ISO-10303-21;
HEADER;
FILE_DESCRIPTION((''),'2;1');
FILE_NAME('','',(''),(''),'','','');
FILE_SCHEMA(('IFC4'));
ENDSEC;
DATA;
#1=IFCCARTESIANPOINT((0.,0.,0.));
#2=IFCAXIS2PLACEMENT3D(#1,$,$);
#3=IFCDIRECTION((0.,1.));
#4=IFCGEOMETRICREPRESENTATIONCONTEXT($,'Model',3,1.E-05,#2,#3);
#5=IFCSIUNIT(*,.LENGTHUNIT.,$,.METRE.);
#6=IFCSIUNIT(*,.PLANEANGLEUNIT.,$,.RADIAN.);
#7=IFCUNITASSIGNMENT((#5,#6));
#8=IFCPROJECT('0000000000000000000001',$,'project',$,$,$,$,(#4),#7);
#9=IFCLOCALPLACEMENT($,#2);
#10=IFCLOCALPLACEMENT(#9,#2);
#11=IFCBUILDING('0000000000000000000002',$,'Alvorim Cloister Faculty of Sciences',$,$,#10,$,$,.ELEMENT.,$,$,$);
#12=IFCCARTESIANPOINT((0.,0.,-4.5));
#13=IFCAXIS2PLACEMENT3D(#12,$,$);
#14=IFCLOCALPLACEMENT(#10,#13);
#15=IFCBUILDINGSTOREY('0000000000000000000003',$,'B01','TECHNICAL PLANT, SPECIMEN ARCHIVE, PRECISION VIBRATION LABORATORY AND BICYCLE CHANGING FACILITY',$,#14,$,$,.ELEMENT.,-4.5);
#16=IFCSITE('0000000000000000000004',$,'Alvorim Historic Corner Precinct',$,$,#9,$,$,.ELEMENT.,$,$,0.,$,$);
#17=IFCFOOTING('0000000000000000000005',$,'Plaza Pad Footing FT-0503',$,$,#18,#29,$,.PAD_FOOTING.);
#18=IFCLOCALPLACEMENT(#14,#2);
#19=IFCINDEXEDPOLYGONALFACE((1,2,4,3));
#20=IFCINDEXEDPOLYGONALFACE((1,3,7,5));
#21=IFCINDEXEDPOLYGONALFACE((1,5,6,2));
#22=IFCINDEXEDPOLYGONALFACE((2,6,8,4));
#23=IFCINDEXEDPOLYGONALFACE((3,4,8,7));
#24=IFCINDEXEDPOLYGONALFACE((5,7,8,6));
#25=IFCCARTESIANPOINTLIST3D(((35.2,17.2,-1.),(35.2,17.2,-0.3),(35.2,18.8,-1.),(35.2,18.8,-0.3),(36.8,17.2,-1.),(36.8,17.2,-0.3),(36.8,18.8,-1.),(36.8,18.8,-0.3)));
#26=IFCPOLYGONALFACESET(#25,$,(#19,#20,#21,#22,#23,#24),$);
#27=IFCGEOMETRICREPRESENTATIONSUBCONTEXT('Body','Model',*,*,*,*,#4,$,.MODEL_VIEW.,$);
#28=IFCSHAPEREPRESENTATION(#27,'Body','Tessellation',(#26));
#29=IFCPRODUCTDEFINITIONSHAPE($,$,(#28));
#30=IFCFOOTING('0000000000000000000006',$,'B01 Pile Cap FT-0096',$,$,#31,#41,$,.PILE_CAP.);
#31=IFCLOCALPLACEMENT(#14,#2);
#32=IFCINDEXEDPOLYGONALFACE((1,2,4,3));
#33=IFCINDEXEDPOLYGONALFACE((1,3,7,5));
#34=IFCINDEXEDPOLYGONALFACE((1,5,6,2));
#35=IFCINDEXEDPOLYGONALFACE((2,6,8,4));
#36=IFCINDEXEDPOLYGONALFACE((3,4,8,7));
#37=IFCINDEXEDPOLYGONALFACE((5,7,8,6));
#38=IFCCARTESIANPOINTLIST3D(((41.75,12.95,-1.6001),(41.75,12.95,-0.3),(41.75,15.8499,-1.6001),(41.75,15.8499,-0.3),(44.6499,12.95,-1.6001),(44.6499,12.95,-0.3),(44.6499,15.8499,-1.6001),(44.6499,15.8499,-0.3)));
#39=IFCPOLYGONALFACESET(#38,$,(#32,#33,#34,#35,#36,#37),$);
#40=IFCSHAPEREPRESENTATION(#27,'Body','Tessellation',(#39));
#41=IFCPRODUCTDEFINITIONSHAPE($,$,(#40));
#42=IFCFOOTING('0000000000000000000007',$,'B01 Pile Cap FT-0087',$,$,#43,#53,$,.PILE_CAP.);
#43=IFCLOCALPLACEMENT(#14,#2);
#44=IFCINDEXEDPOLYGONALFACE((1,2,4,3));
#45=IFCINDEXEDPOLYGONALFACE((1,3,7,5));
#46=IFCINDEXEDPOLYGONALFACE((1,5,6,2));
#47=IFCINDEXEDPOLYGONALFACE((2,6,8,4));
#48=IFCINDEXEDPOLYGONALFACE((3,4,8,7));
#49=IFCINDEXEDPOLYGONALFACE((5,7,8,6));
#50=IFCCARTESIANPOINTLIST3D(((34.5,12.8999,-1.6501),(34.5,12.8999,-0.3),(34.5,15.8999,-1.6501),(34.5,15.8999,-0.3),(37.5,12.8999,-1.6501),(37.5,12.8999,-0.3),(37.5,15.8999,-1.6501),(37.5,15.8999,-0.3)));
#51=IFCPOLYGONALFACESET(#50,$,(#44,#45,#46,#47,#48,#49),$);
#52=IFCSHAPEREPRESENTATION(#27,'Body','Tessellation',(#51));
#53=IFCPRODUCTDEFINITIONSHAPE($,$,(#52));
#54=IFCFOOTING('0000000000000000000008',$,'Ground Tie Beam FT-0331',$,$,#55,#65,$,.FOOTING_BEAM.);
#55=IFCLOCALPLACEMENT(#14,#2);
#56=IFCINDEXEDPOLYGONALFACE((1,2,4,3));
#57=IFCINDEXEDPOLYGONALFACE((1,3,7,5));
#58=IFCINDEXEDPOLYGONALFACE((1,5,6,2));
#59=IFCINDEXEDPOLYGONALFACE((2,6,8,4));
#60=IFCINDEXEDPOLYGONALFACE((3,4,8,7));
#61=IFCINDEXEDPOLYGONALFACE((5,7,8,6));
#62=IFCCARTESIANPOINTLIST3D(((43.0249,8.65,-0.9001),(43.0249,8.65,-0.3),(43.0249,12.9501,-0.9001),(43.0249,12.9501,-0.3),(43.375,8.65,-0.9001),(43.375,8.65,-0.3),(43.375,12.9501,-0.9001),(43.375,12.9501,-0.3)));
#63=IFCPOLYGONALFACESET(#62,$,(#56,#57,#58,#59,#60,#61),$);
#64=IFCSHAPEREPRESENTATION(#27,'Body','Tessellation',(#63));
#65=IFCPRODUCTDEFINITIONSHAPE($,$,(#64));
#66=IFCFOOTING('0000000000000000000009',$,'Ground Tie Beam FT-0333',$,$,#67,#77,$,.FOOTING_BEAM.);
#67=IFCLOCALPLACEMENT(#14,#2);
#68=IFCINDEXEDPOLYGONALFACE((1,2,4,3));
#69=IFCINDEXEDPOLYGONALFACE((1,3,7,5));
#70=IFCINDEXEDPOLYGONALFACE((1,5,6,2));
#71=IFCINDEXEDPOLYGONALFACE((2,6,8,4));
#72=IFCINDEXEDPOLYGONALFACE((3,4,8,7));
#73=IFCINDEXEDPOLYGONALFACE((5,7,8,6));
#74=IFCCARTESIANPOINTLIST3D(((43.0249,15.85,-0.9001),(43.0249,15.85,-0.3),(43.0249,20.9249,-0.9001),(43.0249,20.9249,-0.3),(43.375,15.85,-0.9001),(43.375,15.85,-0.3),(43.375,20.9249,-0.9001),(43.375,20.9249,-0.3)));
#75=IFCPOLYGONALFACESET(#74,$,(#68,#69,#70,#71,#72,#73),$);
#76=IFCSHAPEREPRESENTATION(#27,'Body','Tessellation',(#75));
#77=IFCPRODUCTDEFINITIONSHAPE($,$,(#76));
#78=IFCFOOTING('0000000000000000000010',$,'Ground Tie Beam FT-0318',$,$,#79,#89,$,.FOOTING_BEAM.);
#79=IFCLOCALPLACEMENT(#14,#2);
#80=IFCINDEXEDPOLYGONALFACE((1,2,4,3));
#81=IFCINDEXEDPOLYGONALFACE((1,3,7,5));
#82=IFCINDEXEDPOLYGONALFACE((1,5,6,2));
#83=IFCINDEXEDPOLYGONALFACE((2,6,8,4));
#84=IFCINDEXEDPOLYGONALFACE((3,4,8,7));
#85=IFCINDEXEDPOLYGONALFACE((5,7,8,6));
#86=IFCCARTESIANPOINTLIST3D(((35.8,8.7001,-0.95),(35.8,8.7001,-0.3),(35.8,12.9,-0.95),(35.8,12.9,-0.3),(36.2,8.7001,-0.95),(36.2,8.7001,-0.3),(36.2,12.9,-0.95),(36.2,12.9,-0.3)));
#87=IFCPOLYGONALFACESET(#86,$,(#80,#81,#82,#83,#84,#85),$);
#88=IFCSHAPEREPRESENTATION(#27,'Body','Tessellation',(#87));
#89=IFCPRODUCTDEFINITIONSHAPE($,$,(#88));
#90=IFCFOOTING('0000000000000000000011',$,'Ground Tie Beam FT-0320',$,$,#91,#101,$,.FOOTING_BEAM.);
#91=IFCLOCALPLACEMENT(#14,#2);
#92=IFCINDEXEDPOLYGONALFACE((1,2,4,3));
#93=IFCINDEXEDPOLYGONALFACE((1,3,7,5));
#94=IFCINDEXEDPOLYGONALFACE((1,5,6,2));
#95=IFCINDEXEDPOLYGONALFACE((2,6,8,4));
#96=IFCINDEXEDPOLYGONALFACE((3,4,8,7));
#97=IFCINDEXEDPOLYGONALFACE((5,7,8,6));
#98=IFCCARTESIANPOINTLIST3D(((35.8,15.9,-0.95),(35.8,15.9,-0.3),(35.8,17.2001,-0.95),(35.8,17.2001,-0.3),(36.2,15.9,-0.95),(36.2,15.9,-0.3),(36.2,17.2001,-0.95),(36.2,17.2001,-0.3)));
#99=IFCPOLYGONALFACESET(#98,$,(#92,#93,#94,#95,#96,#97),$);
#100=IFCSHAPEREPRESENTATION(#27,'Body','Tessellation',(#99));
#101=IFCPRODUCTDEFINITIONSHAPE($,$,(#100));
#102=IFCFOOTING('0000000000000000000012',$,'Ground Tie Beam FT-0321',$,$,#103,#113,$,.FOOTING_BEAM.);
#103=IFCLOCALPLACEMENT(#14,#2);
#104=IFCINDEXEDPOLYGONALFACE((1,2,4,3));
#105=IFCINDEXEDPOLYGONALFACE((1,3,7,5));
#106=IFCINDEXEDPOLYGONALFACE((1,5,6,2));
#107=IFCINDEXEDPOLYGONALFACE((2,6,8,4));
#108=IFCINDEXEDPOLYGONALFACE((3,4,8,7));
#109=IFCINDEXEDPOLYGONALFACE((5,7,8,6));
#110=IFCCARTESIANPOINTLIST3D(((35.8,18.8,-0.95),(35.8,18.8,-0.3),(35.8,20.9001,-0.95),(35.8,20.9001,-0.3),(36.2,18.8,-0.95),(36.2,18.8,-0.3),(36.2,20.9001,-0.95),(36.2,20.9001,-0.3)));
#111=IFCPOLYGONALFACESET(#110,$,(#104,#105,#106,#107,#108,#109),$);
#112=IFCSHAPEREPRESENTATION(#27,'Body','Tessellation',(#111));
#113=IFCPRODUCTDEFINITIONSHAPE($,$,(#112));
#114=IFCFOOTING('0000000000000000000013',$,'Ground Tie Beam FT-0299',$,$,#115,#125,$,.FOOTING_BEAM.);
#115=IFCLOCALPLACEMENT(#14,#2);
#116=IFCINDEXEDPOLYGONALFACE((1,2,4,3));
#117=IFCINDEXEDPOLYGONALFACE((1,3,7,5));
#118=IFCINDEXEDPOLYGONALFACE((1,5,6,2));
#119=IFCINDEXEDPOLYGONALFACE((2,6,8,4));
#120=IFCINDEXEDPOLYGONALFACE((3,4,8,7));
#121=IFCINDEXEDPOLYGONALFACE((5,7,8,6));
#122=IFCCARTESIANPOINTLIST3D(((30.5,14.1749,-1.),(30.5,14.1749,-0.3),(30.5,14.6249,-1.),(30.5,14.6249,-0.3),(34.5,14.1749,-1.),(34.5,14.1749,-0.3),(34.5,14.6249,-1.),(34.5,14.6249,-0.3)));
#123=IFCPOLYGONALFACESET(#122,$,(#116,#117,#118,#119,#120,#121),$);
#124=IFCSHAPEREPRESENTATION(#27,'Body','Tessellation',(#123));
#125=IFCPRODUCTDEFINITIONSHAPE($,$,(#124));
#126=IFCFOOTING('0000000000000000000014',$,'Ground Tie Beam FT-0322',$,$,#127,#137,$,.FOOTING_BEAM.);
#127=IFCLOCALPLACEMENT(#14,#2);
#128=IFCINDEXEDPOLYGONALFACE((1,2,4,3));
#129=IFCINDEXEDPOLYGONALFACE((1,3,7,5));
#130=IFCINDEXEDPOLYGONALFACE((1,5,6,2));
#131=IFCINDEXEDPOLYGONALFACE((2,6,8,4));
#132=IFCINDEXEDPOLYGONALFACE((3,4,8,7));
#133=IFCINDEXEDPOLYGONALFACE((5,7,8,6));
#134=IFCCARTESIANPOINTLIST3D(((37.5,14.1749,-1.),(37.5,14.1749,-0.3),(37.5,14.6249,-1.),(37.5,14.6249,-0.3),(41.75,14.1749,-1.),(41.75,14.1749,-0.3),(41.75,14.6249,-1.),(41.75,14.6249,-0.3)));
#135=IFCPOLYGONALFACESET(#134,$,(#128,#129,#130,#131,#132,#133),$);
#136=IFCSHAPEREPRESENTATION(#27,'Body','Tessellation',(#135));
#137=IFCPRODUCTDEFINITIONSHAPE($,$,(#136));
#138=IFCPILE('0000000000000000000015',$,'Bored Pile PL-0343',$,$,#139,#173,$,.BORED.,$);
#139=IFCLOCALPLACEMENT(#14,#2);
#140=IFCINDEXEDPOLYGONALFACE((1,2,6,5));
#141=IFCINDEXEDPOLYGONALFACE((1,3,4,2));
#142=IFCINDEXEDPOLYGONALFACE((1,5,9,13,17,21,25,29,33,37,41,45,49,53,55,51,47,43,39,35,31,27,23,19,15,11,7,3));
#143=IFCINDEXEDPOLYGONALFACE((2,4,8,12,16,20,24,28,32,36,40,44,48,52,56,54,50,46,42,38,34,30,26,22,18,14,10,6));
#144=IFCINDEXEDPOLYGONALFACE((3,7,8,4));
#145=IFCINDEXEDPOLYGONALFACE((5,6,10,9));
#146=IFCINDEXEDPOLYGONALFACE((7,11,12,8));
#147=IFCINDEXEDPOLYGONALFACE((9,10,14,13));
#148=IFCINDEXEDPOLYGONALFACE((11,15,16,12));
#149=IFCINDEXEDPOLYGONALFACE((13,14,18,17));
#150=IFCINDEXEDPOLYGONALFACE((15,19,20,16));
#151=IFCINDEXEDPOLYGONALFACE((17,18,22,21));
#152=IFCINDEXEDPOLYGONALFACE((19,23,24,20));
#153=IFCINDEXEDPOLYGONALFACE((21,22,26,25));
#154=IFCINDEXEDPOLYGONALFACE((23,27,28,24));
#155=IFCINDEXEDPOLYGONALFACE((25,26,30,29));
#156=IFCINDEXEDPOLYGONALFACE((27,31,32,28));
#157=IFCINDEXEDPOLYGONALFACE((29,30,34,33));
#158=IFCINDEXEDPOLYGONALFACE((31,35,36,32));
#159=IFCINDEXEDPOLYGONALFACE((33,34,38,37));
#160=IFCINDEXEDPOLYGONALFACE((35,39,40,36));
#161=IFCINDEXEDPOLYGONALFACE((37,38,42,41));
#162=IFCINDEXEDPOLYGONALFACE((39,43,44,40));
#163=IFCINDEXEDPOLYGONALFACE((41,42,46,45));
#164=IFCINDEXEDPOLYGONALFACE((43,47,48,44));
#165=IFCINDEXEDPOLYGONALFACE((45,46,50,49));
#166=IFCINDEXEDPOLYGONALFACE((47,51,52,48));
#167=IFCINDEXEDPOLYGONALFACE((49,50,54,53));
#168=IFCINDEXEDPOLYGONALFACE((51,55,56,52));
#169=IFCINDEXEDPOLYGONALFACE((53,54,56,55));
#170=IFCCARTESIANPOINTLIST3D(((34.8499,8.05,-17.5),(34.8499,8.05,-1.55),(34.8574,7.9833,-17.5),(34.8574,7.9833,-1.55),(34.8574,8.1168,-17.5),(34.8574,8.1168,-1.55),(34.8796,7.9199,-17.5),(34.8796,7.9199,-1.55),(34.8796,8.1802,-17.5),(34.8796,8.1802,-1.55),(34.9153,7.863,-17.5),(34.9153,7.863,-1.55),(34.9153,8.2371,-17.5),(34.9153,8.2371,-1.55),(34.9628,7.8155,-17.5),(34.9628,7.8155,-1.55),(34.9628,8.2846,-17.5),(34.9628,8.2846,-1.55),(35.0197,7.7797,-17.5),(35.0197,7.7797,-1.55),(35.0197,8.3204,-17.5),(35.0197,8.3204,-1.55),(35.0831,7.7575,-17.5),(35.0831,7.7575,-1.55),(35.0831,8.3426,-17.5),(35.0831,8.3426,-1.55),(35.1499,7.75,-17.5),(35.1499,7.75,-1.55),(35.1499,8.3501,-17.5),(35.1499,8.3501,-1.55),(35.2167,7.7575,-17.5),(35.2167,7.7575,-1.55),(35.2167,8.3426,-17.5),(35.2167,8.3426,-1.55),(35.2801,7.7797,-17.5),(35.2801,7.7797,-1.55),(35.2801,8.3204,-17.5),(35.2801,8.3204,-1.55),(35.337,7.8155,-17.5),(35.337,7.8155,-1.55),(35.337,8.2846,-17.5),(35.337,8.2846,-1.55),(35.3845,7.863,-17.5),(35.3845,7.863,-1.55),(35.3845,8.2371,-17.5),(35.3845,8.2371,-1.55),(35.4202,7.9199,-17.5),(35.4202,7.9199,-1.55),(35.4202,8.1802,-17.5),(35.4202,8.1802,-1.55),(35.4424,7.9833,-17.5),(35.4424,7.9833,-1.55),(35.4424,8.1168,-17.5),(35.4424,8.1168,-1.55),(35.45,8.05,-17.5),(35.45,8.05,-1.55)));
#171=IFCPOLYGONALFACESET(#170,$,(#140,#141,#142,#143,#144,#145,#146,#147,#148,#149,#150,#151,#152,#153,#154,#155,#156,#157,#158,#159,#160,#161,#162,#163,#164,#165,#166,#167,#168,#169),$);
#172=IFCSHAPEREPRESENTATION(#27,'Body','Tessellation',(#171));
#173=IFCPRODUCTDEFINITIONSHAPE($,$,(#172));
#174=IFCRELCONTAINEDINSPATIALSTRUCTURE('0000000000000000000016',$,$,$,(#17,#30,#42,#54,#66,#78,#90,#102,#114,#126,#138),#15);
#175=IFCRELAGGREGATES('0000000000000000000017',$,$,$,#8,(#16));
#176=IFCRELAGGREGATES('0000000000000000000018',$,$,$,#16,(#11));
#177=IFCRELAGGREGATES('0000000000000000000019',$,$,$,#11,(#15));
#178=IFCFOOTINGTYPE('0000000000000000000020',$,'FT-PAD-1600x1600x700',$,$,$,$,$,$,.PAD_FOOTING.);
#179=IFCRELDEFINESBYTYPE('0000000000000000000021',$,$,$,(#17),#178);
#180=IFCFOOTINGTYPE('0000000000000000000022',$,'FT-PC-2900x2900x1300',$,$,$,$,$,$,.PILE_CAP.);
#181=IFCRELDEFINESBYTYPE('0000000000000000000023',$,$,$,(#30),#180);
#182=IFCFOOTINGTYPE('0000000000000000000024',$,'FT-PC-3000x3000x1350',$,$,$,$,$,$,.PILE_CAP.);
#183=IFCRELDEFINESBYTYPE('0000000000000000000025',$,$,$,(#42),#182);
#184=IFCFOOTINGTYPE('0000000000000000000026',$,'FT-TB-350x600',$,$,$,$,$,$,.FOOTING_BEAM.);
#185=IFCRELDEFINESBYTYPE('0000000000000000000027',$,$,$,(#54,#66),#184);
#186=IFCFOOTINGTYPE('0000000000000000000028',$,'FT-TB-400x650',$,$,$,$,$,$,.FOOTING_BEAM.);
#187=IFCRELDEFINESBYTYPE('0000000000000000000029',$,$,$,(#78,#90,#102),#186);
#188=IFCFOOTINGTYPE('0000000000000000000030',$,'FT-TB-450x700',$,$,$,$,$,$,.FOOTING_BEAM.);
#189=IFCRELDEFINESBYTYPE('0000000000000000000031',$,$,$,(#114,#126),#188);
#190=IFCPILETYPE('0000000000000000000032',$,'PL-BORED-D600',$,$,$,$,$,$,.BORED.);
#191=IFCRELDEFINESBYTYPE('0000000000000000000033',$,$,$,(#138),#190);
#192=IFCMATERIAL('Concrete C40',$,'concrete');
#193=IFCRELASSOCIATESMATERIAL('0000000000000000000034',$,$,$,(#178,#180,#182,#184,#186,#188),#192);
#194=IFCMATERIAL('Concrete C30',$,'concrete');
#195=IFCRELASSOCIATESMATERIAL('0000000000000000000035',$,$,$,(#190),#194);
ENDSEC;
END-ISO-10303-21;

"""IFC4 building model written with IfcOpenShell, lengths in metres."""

from ifc_helpers import new_model, si_unit, direction, frame, origin, origin_2d, place, context, subcontext, project, spatial, rectangle, circle, extrude, material, material_profile, profile_set, type_object, element, save


model = new_model("IFC4")

# Units and contexts
model_context = context("Model", 3, precision=1e-05, world=origin(), true_north=direction((0.0, 1.0)))
body_context = subcontext(model_context, "Body", "Model", "MODEL_VIEW")
ifc_project = project(units=[si_unit("LENGTHUNIT", "METRE"), si_unit("PLANEANGLEUNIT", "RADIAN")], contexts=[model_context])

# Site, building, storey
site_placement = place(None, origin())
site = spatial("IfcSite", under=ifc_project, at=site_placement, Name="Alvorim Historic Corner Precinct", CompositionType="ELEMENT", RefElevation=0.0)
building_placement = place(site_placement, origin())
building = spatial("IfcBuilding", under=site, at=building_placement, Name="Alvorim Cloister Faculty of Sciences", CompositionType="ELEMENT")
storey_placement = place(building_placement, frame((0.0, 0.0, -4.5)))
storey = spatial("IfcBuildingStorey", under=building, at=storey_placement, Name="B01", Description="TECHNICAL PLANT, SPECIMEN ARCHIVE, PRECISION VIBRATION LABORATORY AND BICYCLE CHANGING FACILITY", CompositionType="ELEMENT", Elevation=-4.5)

# Footings
ifc_material_1 = material(Name="Concrete C40", Category="concrete")
footing_type_1 = type_object("IfcFootingType", Name="FT-PAD-1600x1600x700", PredefinedType="PAD_FOOTING", material=ifc_material_1)
footing_1_placement = place(storey_placement, frame((36.0, 18.0, -1.0), z_axis=(0.0, 0.0, 1.0), x_axis=(1.0, 0.0, 0.0)))
element("IfcFooting", 1, at=footing_1_placement, inside=storey, type_object=footing_type_1, Name="Plaza Pad Footing FT-0503", PredefinedType="PAD_FOOTING", context=body_context, shape_type="SweptSolid", body=[
    extrude(rectangle(XDim=1.6001, YDim=1.6001, at=origin_2d()), origin(), (0.0, 0.0, 1.0), 0.7),
])
footing_type_2 = type_object("IfcFootingType", Name="FT-PC-2900x2900x1300", PredefinedType="PILE_CAP", material=ifc_material_1)
footing_2_placement = place(storey_placement, frame((43.2, 14.3999, -1.6001), z_axis=(0.0, 0.0, 1.0), x_axis=(1.0, 0.0, 0.0)))
element("IfcFooting", 2, at=footing_2_placement, inside=storey, type_object=footing_type_2, Name="B01 Pile Cap FT-0096", PredefinedType="PILE_CAP", context=body_context, shape_type="SweptSolid", body=[
    extrude(rectangle(XDim=2.8999, YDim=2.8999, at=origin_2d()), origin(), (0.0, 0.0, 1.0), 1.3),
])
footing_type_3 = type_object("IfcFootingType", Name="FT-PC-3000x3000x1350", PredefinedType="PILE_CAP", material=ifc_material_1)
footing_3_placement = place(storey_placement, frame((36.0, 14.3999, -1.6501), z_axis=(0.0, 0.0, 1.0), x_axis=(1.0, 0.0, 0.0)))
element("IfcFooting", 3, at=footing_3_placement, inside=storey, type_object=footing_type_3, Name="B01 Pile Cap FT-0087", PredefinedType="PILE_CAP", context=body_context, shape_type="SweptSolid", body=[
    extrude(rectangle(XDim=3.0, YDim=3.0, at=origin_2d()), origin(), (0.0, 0.0, 1.0), 1.3501),
])
footing_type_4 = type_object("IfcFootingType", Name="FT-TB-350x600", PredefinedType="FOOTING_BEAM", material=ifc_material_1)
footing_4_placement = place(storey_placement, frame((43.2, 10.8, -0.9001), z_axis=(0.0, 0.0, 1.0), x_axis=(1.0, 0.0, 0.0)))
element("IfcFooting", 4, at=footing_4_placement, inside=storey, type_object=footing_type_4, Name="Ground Tie Beam FT-0331", PredefinedType="FOOTING_BEAM", context=body_context, shape_type="SweptSolid", body=[
    extrude(rectangle(XDim=0.3501, YDim=4.3, at=origin_2d()), origin(), (0.0, 0.0, 1.0), 0.6001),
])
footing_5_placement = place(storey_placement, frame((43.2, 18.3875, -0.9001), z_axis=(0.0, 0.0, 1.0), x_axis=(1.0, 0.0, 0.0)))
element("IfcFooting", 5, at=footing_5_placement, inside=storey, type_object=footing_type_4, Name="Ground Tie Beam FT-0333", PredefinedType="FOOTING_BEAM", context=body_context, shape_type="SweptSolid", body=[
    extrude(rectangle(XDim=0.3501, YDim=5.075, at=origin_2d()), origin(), (0.0, 0.0, 1.0), 0.6001),
])
footing_type_5 = type_object("IfcFootingType", Name="FT-TB-400x650", PredefinedType="FOOTING_BEAM", material=ifc_material_1)
footing_6_placement = place(storey_placement, frame((36.0, 10.8, -0.95), z_axis=(0.0, 0.0, 1.0), x_axis=(1.0, 0.0, 0.0)))
element("IfcFooting", 6, at=footing_6_placement, inside=storey, type_object=footing_type_5, Name="Ground Tie Beam FT-0318", PredefinedType="FOOTING_BEAM", context=body_context, shape_type="SweptSolid", body=[
    extrude(rectangle(XDim=0.3999, YDim=4.2, at=origin_2d()), origin(), (0.0, 0.0, 1.0), 0.6499),
])
footing_7_placement = place(storey_placement, frame((36.0, 16.55, -0.95), z_axis=(0.0, 0.0, 1.0), x_axis=(1.0, 0.0, 0.0)))
element("IfcFooting", 7, at=footing_7_placement, inside=storey, type_object=footing_type_5, Name="Ground Tie Beam FT-0320", PredefinedType="FOOTING_BEAM", context=body_context, shape_type="SweptSolid", body=[
    extrude(rectangle(XDim=0.3999, YDim=1.3, at=origin_2d()), origin(), (0.0, 0.0, 1.0), 0.6499),
])
footing_8_placement = place(storey_placement, frame((36.0, 19.8501, -0.95), z_axis=(0.0, 0.0, 1.0), x_axis=(1.0, 0.0, 0.0)))
element("IfcFooting", 8, at=footing_8_placement, inside=storey, type_object=footing_type_5, Name="Ground Tie Beam FT-0321", PredefinedType="FOOTING_BEAM", context=body_context, shape_type="SweptSolid", body=[
    extrude(rectangle(XDim=0.3999, YDim=2.1001, at=origin_2d()), origin(), (0.0, 0.0, 1.0), 0.6499),
])
footing_type_6 = type_object("IfcFootingType", Name="FT-TB-450x700", PredefinedType="FOOTING_BEAM", material=ifc_material_1)
footing_9_placement = place(storey_placement, frame((32.5, 14.3999, -1.0), z_axis=(0.0, 0.0, 1.0), x_axis=(1.0, 0.0, 0.0)))
element("IfcFooting", 9, at=footing_9_placement, inside=storey, type_object=footing_type_6, Name="Ground Tie Beam FT-0299", PredefinedType="FOOTING_BEAM", context=body_context, shape_type="SweptSolid", body=[
    extrude(rectangle(XDim=4.0, YDim=0.45, at=origin_2d()), origin(), (0.0, 0.0, 1.0), 0.7),
])
footing_10_placement = place(storey_placement, frame((39.625, 14.3999, -1.0), z_axis=(0.0, 0.0, 1.0), x_axis=(1.0, 0.0, 0.0)))
element("IfcFooting", 10, at=footing_10_placement, inside=storey, type_object=footing_type_6, Name="Ground Tie Beam FT-0322", PredefinedType="FOOTING_BEAM", context=body_context, shape_type="SweptSolid", body=[
    extrude(rectangle(XDim=4.25, YDim=0.45, at=origin_2d()), origin(), (0.0, 0.0, 1.0), 0.7),
])

# Pile
ifc_material_2 = material(Name="Concrete C30", Category="concrete")
ifc_material_profile_1 = material_profile(ifc_material_2, circle(Radius=0.3, at=origin_2d()), Name="PILE-D600")
ifc_profile_set_1 = profile_set([ifc_material_profile_1], Name="Concrete C30")
pile_type = type_object("IfcPileType", Name="PL-BORED-D600", PredefinedType="BORED", material=ifc_profile_set_1)
for number, where, z_axis, x_axis, name in (
    (11, (35.1499, 8.05, -1.55), (0.0, 0.0, -1.0), (1.0, 0.0, 0.0), "Bored Pile PL-0343"),
):
    element("IfcPile", number, at=place(storey_placement, frame(where, z_axis=z_axis, x_axis=x_axis)), inside=storey, type_object=pile_type, Name=name, PredefinedType="BORED", context=body_context, shape_type="SweptSolid", body=[
        extrude(circle(Radius=0.3, at=origin_2d()), origin(), (0.0, 0.0, 1.0), 15.95),
    ])

save(model, "model.ifc")
